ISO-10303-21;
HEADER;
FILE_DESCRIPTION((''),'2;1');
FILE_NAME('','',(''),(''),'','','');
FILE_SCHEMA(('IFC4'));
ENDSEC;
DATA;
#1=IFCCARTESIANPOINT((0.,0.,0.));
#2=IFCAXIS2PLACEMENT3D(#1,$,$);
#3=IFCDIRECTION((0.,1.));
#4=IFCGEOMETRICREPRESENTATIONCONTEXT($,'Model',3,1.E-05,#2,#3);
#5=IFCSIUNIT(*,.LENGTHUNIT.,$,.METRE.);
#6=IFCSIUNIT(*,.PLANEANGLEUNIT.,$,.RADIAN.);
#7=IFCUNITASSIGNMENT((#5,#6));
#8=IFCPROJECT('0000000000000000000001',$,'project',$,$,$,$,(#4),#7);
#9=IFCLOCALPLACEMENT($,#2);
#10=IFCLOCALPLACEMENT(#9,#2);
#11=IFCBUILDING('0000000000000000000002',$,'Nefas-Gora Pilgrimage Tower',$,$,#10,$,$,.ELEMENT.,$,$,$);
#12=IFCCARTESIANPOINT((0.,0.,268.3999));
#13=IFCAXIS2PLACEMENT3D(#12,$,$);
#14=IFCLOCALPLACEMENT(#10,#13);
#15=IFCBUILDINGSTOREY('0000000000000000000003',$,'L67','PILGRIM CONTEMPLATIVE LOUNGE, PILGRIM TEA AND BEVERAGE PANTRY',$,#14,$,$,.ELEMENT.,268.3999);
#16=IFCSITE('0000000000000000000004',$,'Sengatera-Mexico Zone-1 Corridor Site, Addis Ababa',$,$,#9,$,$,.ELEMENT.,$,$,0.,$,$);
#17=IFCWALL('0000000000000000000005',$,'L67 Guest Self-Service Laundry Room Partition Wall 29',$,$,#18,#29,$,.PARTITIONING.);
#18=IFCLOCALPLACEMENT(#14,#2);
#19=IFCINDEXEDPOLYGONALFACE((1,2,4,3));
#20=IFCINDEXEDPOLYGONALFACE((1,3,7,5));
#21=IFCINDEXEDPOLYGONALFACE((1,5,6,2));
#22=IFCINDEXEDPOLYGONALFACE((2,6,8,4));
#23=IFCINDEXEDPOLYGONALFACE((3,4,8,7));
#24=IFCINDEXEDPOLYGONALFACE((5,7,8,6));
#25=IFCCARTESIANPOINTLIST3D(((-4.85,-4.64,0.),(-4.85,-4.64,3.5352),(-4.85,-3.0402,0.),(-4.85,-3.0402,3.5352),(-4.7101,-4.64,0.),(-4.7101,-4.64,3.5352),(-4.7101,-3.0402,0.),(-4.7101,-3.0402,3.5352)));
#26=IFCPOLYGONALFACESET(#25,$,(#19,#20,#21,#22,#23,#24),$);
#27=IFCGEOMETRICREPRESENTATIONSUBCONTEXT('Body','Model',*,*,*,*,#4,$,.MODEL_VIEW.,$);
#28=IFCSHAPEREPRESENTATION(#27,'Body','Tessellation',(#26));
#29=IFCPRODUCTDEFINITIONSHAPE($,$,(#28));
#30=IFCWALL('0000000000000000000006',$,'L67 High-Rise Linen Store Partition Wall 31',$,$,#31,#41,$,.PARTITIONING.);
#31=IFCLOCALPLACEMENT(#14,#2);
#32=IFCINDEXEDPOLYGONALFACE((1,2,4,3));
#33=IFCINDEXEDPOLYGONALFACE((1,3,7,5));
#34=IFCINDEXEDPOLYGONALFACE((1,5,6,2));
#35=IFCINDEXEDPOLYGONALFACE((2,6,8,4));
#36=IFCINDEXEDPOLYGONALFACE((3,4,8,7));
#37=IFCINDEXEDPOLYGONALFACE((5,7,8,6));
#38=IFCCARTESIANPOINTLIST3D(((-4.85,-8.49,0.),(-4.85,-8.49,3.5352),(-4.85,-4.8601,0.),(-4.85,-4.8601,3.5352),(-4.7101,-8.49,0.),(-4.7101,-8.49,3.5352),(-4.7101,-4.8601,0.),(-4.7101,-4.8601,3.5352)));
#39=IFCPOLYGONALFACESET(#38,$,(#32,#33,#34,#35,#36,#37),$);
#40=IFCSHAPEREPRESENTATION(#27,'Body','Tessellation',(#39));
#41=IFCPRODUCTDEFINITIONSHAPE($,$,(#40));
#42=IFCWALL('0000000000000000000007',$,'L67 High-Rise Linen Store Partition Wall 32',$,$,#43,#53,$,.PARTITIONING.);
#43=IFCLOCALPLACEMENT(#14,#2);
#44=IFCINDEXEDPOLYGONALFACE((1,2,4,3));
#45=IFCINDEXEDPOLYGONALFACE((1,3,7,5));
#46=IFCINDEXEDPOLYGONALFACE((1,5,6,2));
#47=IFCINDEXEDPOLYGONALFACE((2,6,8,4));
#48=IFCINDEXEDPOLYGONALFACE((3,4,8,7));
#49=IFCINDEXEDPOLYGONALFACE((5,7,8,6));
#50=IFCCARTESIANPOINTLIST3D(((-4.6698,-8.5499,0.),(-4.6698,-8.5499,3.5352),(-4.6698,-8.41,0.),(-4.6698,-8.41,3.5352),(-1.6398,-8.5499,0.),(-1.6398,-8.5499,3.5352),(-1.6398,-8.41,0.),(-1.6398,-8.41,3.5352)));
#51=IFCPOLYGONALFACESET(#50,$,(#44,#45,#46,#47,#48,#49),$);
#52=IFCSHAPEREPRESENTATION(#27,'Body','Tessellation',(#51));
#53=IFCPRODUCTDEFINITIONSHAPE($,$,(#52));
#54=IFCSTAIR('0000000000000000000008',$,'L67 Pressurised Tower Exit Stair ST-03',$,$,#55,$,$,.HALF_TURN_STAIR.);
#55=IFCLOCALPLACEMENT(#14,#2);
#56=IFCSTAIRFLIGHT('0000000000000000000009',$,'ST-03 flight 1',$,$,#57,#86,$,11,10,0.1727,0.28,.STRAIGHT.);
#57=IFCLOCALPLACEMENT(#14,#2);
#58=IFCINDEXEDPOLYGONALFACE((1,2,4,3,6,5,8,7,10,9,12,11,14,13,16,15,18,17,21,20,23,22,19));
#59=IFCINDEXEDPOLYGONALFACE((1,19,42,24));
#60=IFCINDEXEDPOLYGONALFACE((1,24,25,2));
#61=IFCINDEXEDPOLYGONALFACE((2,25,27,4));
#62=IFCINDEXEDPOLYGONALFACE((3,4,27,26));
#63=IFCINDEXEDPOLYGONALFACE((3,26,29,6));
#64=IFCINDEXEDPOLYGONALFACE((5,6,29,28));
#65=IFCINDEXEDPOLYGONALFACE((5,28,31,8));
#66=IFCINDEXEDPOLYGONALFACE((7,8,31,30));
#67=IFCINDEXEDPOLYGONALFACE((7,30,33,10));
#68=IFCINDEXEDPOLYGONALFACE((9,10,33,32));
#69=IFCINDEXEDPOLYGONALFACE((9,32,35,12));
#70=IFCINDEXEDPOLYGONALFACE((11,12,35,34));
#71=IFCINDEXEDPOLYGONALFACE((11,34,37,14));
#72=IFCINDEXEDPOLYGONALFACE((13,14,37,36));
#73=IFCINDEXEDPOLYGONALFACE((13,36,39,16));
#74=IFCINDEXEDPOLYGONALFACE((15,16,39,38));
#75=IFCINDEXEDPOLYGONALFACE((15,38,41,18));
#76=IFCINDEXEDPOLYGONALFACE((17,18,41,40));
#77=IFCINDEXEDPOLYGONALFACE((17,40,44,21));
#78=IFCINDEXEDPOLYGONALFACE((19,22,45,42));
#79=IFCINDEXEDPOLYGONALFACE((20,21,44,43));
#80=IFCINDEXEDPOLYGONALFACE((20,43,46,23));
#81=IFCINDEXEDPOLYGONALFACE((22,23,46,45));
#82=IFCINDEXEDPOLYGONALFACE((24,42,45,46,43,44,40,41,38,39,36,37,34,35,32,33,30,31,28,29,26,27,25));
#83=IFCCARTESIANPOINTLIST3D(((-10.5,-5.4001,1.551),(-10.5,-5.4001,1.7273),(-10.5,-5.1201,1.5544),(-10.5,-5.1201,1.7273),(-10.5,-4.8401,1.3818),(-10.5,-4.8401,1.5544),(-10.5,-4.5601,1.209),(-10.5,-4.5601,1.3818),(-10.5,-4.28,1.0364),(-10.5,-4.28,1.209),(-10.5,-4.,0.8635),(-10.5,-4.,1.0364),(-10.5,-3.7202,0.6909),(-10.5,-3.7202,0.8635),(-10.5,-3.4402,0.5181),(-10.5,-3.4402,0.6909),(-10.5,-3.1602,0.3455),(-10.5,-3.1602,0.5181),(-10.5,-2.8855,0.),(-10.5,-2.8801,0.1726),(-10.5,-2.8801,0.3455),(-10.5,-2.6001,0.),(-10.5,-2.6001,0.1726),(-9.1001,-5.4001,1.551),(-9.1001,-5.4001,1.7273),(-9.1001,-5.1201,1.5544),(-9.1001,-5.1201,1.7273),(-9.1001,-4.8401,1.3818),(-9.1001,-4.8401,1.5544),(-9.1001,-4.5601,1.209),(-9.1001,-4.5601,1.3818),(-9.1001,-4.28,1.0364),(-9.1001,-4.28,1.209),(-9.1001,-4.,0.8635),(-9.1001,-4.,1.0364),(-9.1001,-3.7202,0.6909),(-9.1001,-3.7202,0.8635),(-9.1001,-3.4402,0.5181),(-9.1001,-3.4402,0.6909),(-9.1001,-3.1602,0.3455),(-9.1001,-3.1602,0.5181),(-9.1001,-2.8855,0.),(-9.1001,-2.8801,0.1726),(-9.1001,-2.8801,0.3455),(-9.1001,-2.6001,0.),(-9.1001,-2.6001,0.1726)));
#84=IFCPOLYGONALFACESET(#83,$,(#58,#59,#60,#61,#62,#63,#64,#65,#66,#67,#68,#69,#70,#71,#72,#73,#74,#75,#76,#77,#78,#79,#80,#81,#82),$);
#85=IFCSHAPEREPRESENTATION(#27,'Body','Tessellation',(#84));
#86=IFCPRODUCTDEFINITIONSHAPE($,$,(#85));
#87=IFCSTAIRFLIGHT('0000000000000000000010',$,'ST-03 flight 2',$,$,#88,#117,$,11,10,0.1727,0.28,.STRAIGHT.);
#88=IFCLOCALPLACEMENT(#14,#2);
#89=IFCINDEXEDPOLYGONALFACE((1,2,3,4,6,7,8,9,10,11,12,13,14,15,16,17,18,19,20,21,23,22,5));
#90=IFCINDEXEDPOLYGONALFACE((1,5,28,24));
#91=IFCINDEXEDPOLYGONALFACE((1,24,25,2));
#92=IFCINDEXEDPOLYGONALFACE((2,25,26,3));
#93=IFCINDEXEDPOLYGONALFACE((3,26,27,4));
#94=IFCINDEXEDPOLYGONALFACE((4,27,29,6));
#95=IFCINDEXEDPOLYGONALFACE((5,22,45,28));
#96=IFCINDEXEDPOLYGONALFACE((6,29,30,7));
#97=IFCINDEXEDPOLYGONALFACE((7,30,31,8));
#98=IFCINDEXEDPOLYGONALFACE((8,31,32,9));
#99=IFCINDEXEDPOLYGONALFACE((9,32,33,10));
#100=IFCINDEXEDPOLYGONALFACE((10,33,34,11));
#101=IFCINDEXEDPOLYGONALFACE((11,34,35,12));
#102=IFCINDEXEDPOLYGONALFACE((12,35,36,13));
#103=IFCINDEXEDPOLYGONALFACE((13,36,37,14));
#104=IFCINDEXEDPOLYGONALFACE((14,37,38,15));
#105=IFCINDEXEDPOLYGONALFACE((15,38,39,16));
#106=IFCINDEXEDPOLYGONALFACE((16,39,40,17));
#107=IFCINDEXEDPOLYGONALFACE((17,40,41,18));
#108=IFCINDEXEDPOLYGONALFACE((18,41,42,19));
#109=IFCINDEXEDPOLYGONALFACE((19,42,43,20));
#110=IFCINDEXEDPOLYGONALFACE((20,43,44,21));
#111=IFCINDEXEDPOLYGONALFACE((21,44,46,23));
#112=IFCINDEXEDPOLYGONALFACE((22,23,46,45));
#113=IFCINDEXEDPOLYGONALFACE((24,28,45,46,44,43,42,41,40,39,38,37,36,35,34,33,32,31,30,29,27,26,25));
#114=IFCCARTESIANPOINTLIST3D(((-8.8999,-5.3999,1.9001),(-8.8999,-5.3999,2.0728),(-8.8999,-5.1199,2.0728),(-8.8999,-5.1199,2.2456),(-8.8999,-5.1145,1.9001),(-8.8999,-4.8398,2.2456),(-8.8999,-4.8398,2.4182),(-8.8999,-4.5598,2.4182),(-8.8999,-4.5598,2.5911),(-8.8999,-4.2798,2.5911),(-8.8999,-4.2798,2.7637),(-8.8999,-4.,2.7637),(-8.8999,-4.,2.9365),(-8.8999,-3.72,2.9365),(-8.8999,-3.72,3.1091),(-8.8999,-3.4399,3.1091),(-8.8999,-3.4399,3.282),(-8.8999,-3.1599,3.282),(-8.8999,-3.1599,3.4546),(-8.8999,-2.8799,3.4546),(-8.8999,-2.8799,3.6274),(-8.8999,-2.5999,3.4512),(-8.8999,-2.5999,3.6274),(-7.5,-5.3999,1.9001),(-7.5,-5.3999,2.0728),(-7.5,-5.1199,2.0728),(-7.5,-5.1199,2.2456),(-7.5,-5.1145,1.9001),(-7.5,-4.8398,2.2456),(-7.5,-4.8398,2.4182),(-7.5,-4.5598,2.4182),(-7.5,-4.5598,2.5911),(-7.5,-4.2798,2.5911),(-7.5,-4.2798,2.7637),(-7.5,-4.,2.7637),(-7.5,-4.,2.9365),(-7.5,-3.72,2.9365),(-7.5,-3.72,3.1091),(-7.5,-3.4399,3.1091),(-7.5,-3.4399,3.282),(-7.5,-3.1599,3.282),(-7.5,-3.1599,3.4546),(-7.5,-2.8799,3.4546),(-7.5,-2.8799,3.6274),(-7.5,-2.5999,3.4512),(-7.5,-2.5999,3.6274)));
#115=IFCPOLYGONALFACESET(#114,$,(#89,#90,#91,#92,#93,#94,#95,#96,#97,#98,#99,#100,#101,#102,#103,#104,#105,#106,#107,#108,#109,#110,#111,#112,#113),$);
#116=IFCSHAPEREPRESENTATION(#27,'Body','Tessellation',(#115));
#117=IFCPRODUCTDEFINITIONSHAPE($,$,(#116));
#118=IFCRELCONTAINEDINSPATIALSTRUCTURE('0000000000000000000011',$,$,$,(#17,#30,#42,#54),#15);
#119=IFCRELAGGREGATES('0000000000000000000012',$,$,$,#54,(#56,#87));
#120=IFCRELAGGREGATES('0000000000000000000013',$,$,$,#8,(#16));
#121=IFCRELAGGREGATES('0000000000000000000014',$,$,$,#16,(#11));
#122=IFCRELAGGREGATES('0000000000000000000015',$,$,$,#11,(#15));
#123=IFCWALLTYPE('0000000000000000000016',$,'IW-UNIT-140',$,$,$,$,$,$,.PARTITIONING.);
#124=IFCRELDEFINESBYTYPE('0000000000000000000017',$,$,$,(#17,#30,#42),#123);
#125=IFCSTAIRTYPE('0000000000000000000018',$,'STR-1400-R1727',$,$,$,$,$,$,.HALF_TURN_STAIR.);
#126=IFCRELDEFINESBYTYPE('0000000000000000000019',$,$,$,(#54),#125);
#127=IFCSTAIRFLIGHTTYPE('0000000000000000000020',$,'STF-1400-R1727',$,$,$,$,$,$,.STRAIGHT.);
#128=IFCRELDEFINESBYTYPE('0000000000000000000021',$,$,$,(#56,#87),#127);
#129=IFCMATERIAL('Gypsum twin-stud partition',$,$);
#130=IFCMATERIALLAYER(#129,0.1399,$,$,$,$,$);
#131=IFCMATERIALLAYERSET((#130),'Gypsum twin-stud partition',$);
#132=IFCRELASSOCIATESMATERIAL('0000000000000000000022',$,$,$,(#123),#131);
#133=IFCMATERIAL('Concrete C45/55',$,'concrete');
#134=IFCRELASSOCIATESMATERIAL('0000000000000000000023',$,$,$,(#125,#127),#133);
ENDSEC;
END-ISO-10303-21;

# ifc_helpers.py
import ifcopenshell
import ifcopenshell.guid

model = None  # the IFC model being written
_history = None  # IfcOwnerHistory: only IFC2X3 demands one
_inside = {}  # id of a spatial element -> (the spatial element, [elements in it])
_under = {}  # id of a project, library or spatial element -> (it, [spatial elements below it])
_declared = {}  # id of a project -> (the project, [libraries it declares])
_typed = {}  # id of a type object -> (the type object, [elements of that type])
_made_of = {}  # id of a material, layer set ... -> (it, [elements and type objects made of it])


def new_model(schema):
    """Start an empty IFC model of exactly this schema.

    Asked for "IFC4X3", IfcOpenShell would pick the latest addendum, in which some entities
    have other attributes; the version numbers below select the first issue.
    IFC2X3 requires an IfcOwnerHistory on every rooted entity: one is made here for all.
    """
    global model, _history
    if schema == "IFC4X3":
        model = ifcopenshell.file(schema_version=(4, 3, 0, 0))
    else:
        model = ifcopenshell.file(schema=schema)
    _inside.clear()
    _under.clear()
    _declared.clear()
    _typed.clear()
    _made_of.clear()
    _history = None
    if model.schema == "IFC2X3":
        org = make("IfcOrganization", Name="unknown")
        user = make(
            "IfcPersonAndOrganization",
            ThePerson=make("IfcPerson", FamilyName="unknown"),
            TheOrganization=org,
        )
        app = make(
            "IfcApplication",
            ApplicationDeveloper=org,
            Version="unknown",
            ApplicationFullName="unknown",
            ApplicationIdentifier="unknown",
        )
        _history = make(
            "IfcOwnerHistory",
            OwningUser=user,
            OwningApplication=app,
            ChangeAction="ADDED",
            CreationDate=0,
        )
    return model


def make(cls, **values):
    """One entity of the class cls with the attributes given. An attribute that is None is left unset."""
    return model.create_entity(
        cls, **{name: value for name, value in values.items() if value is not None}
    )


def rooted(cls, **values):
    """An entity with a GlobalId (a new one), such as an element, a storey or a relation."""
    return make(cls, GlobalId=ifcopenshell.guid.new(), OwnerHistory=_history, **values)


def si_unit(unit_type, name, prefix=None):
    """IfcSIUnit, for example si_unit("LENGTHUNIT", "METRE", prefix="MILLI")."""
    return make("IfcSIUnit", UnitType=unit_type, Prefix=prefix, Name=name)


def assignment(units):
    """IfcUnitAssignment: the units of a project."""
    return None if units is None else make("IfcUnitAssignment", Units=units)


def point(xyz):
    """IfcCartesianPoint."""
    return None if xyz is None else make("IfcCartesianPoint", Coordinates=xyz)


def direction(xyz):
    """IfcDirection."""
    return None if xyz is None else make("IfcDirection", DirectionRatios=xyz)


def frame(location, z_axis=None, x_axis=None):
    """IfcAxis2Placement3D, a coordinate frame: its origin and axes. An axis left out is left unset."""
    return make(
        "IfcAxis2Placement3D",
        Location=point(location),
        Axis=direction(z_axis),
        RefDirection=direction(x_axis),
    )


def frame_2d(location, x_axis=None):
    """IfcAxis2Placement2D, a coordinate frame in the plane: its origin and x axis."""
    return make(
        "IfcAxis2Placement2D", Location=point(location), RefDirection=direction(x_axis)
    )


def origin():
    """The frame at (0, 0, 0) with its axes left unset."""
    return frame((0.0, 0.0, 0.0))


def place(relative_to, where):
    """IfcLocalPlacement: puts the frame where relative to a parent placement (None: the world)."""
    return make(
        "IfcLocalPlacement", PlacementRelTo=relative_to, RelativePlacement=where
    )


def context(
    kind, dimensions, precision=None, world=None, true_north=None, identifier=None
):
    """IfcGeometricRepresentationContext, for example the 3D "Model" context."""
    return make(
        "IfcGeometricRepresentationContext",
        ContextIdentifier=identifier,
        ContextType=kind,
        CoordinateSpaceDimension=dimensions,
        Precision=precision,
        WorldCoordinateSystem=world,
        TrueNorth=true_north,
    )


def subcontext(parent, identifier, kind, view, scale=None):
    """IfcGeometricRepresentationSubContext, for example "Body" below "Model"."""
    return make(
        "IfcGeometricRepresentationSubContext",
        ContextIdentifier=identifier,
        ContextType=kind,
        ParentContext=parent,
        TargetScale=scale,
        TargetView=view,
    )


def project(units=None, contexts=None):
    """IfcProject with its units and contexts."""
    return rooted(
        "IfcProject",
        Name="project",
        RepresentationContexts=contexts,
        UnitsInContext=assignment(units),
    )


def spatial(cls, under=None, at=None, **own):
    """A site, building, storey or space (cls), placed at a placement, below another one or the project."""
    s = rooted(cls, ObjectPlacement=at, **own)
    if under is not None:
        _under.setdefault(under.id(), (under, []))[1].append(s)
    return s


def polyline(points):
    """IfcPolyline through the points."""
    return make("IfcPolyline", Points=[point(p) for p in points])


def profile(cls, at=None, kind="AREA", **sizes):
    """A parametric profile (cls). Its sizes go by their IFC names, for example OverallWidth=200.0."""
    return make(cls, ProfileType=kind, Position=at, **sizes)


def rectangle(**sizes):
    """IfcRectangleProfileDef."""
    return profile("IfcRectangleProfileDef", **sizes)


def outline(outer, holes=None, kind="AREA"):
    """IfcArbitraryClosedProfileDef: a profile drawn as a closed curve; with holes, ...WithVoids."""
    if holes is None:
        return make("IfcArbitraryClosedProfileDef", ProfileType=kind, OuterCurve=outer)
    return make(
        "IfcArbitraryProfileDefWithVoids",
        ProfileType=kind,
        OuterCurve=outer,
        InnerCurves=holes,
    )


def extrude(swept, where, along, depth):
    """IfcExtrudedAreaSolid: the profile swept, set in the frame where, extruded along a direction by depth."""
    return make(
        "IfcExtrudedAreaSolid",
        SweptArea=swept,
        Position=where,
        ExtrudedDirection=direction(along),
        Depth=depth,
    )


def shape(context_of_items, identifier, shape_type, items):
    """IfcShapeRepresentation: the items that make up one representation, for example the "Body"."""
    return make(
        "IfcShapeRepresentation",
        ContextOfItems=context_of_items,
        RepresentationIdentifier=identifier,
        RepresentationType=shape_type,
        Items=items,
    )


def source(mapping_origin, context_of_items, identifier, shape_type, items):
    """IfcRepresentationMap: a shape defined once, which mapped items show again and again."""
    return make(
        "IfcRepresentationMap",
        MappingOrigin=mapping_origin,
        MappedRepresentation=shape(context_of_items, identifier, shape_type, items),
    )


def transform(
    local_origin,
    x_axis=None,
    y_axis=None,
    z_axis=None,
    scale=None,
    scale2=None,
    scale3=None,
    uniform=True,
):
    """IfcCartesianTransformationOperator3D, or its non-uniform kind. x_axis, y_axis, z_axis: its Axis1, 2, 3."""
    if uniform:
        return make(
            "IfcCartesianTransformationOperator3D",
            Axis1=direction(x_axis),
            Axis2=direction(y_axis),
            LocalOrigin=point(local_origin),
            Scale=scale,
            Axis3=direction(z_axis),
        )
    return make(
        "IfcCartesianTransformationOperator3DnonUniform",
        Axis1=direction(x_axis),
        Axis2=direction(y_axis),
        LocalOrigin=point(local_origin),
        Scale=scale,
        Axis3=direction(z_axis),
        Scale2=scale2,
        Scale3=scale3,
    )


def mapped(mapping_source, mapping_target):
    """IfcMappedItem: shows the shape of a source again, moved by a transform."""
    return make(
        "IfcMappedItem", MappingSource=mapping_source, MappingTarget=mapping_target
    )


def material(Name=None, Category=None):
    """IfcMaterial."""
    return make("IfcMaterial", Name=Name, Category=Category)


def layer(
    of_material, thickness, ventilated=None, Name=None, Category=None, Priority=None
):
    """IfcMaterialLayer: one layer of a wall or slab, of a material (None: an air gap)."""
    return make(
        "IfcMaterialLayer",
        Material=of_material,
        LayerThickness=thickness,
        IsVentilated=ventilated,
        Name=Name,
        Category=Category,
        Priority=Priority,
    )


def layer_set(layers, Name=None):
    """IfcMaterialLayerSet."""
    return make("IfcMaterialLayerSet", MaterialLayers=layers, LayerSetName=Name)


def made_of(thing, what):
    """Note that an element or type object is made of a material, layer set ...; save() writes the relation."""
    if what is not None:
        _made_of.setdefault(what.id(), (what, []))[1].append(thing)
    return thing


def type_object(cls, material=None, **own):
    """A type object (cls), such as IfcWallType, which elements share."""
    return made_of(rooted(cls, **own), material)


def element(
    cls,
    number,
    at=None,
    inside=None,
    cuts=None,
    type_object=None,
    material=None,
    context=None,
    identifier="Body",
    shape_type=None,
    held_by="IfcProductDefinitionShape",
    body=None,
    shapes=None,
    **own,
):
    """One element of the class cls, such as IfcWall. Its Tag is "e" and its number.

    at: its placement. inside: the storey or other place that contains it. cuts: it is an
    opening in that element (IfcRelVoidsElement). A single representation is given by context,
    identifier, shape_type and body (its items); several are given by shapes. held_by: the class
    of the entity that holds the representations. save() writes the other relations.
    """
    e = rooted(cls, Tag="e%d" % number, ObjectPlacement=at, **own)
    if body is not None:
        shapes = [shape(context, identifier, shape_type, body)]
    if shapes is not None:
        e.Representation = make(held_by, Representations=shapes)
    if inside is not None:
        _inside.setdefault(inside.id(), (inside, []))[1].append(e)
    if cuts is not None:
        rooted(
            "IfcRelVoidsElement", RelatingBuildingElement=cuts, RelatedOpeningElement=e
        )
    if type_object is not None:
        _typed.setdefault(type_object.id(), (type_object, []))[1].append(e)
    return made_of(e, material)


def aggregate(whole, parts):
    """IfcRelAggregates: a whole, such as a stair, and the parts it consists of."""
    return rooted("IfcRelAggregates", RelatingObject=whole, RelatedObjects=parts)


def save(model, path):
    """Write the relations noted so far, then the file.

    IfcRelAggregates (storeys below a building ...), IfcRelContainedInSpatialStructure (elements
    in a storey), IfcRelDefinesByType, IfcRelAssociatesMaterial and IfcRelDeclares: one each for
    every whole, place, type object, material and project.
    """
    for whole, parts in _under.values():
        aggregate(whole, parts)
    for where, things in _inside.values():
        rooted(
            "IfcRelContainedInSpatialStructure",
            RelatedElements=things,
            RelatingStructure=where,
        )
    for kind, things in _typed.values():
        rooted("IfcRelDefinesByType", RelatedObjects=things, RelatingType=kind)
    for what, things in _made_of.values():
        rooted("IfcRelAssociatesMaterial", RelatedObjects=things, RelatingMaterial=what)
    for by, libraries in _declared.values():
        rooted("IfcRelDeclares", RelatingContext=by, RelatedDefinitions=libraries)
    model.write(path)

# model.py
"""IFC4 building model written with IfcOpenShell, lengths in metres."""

from ifc_helpers import new_model, si_unit, direction, frame, frame_2d, origin, place, context, subcontext, project, spatial, polyline, rectangle, outline, extrude, source, transform, mapped, material, layer, layer_set, type_object, element, aggregate, save


model = new_model("IFC4")

# Units and contexts
model_context = context("Model", 3, precision=1e-05, world=origin(), true_north=direction((0.0, 1.0)))
body_context = subcontext(model_context, "Body", "Model", "MODEL_VIEW")
ifc_project = project(units=[si_unit("LENGTHUNIT", "METRE"), si_unit("PLANEANGLEUNIT", "RADIAN")], contexts=[model_context])

# Site, building, storey
site_placement = place(None, origin())
site = spatial("IfcSite", under=ifc_project, at=site_placement, Name="Sengatera-Mexico Zone-1 Corridor Site, Addis Ababa", CompositionType="ELEMENT", RefElevation=0.0)
building_placement = place(site_placement, origin())
building = spatial("IfcBuilding", under=site, at=building_placement, Name="Nefas-Gora Pilgrimage Tower", CompositionType="ELEMENT")
storey_placement = place(building_placement, frame((0.0, 0.0, 268.3999)))
storey = spatial("IfcBuildingStorey", under=building, at=storey_placement, Name="L67", Description="PILGRIM CONTEMPLATIVE LOUNGE, PILGRIM TEA AND BEVERAGE PANTRY", CompositionType="ELEMENT", Elevation=268.3999)

# Shared definitions
ifc_material_1 = material(Name="Concrete C45/55", Category="concrete")

# Walls
ifc_material_2 = material(Name="Gypsum twin-stud partition")
ifc_layer_1 = layer(ifc_material_2, 0.1399)
ifc_layer_set_1 = layer_set([ifc_layer_1], Name="Gypsum twin-stud partition")
wall_type_1 = type_object("IfcWallType", Name="IW-UNIT-140", PredefinedType="PARTITIONING", material=ifc_layer_set_1)
shared_shape_1 = source(origin(), body_context, "Body", "SweptSolid", [
    extrude(rectangle(XDim=1.5999, YDim=0.1399, at=frame_2d((0.7998, 0.0))), origin(), (0.0, 0.0, 1.0), 3.5352),
])
wall_1_placement = place(storey_placement, frame((-4.78, -4.6399, 0.0), z_axis=(0.0, 0.0, 1.0), x_axis=(0.0, 1.0, 0.0)))
element("IfcWall", 1, at=wall_1_placement, inside=storey, type_object=wall_type_1, Name="L67 Guest Self-Service Laundry Room Partition Wall 29", PredefinedType="PARTITIONING", context=body_context, shape_type="MappedRepresentation", body=[
    mapped(shared_shape_1, transform((0.0, 0.0, 0.0), x_axis=(1.0, 0.0, 0.0), y_axis=(0.0, 1.0, 0.0), z_axis=(0.0, 0.0, 1.0), scale=1.0)),
])
shared_shape_2 = source(origin(), body_context, "Body", "SweptSolid", [
    extrude(rectangle(XDim=3.6299, YDim=0.1399, at=frame_2d((1.8149, 0.0))), origin(), (0.0, 0.0, 1.0), 3.5352),
])
wall_2_placement = place(storey_placement, frame((-4.78, -8.49, 0.0), z_axis=(0.0, 0.0, 1.0), x_axis=(0.0, 1.0, 0.0)))
element("IfcWall", 2, at=wall_2_placement, inside=storey, type_object=wall_type_1, Name="L67 High-Rise Linen Store Partition Wall 31", PredefinedType="PARTITIONING", context=body_context, shape_type="MappedRepresentation", body=[
    mapped(shared_shape_2, transform((0.0, 0.0, 0.0), x_axis=(1.0, 0.0, 0.0), y_axis=(0.0, 1.0, 0.0), z_axis=(0.0, 0.0, 1.0), scale=1.0)),
])
shared_shape_3 = source(origin(), body_context, "Body", "SweptSolid", [
    extrude(rectangle(XDim=3.03, YDim=0.1399, at=frame_2d((1.5151, 0.0))), origin(), (0.0, 0.0, 1.0), 3.5352),
])
wall_3_placement = place(storey_placement, frame((-4.6699, -8.48, 0.0), z_axis=(0.0, 0.0, 1.0), x_axis=(1.0, 0.0, 0.0)))
element("IfcWall", 3, at=wall_3_placement, inside=storey, type_object=wall_type_1, Name="L67 High-Rise Linen Store Partition Wall 32", PredefinedType="PARTITIONING", context=body_context, shape_type="MappedRepresentation", body=[
    mapped(shared_shape_3, transform((0.0, 0.0, 0.0), x_axis=(1.0, 0.0, 0.0), y_axis=(0.0, 1.0, 0.0), z_axis=(0.0, 0.0, 1.0), scale=1.0)),
])

# Stair, stair flights
stair_type = type_object("IfcStairType", Name="STR-1400-R1727", PredefinedType="HALF_TURN_STAIR", material=ifc_material_1)
stair_placement = place(storey_placement, origin())
stair = element("IfcStair", 4, at=stair_placement, inside=storey, type_object=stair_type, Name="L67 Pressurised Tower Exit Stair ST-03", PredefinedType="HALF_TURN_STAIR")
stair_flight_type = type_object("IfcStairFlightType", Name="STF-1400-R1727", PredefinedType="STRAIGHT", material=ifc_material_1)
shared_shape_4 = source(origin(), body_context, "Body", "SweptSolid", [
    extrude(outline(polyline([(0.0, 0.0), (0.0, 0.1726), (0.28, 0.1726), (0.28, 0.3455), (0.5601, 0.3455), (0.5601, 0.5181), (0.8401, 0.5181), (0.8401, 0.6909), (1.1201, 0.6909), (1.1201, 0.8635), (1.3999, 0.8635), (1.3999, 1.0364), (1.6799, 1.0364), (1.6799, 1.209), (1.96, 1.209), (1.96, 1.3818), (2.24, 1.3818), (2.24, 1.5544), (2.52, 1.5544), (2.52, 1.7273), (2.8, 1.7273), (2.8, 1.8999), (2.8, 1.551), (0.2854, 0.0), (0.0, 0.0)])), frame((0.0, 0.7, 0.0), z_axis=(0.0, -1.0, 0.0), x_axis=(1.0, 0.0, 0.0)), (0.0, 0.0, 1.0), 1.3999),
])
stair_flight_1_placement = place(storey_placement, frame((-9.8, -2.6001, 0.0), z_axis=(0.0, 0.0, 1.0), x_axis=(0.0, -1.0, 0.0)))
stair_flight_1 = element("IfcStairFlight", 5, at=stair_flight_1_placement, type_object=stair_flight_type, Name="ST-03 flight 1", NumberOfRisers=11, NumberOfTreads=10, PredefinedType="STRAIGHT", RiserHeight=0.1727, TreadLength=0.28, context=body_context, shape_type="MappedRepresentation", body=[
    mapped(shared_shape_4, transform((0.0, 0.0, 0.0), x_axis=(1.0, 0.0, 0.0), y_axis=(0.0, 1.0, 0.0), z_axis=(0.0, 0.0, 1.0), scale=1.0)),
])
stair_flight_2_placement = place(storey_placement, frame((-8.2, -5.3999, 1.9001), z_axis=(0.0, 0.0, 1.0), x_axis=(0.0, 1.0, 0.0)))
stair_flight_2 = element("IfcStairFlight", 6, at=stair_flight_2_placement, type_object=stair_flight_type, Name="ST-03 flight 2", NumberOfRisers=11, NumberOfTreads=10, PredefinedType="STRAIGHT", RiserHeight=0.1727, TreadLength=0.28, context=body_context, shape_type="MappedRepresentation", body=[
    mapped(shared_shape_4, transform((0.0, 0.0, 0.0), x_axis=(1.0, 0.0, 0.0), y_axis=(0.0, 1.0, 0.0), z_axis=(0.0, 0.0, 1.0), scale=1.0)),
])
aggregate(stair, [stair_flight_1, stair_flight_2])

save(model, "model.ifc")
